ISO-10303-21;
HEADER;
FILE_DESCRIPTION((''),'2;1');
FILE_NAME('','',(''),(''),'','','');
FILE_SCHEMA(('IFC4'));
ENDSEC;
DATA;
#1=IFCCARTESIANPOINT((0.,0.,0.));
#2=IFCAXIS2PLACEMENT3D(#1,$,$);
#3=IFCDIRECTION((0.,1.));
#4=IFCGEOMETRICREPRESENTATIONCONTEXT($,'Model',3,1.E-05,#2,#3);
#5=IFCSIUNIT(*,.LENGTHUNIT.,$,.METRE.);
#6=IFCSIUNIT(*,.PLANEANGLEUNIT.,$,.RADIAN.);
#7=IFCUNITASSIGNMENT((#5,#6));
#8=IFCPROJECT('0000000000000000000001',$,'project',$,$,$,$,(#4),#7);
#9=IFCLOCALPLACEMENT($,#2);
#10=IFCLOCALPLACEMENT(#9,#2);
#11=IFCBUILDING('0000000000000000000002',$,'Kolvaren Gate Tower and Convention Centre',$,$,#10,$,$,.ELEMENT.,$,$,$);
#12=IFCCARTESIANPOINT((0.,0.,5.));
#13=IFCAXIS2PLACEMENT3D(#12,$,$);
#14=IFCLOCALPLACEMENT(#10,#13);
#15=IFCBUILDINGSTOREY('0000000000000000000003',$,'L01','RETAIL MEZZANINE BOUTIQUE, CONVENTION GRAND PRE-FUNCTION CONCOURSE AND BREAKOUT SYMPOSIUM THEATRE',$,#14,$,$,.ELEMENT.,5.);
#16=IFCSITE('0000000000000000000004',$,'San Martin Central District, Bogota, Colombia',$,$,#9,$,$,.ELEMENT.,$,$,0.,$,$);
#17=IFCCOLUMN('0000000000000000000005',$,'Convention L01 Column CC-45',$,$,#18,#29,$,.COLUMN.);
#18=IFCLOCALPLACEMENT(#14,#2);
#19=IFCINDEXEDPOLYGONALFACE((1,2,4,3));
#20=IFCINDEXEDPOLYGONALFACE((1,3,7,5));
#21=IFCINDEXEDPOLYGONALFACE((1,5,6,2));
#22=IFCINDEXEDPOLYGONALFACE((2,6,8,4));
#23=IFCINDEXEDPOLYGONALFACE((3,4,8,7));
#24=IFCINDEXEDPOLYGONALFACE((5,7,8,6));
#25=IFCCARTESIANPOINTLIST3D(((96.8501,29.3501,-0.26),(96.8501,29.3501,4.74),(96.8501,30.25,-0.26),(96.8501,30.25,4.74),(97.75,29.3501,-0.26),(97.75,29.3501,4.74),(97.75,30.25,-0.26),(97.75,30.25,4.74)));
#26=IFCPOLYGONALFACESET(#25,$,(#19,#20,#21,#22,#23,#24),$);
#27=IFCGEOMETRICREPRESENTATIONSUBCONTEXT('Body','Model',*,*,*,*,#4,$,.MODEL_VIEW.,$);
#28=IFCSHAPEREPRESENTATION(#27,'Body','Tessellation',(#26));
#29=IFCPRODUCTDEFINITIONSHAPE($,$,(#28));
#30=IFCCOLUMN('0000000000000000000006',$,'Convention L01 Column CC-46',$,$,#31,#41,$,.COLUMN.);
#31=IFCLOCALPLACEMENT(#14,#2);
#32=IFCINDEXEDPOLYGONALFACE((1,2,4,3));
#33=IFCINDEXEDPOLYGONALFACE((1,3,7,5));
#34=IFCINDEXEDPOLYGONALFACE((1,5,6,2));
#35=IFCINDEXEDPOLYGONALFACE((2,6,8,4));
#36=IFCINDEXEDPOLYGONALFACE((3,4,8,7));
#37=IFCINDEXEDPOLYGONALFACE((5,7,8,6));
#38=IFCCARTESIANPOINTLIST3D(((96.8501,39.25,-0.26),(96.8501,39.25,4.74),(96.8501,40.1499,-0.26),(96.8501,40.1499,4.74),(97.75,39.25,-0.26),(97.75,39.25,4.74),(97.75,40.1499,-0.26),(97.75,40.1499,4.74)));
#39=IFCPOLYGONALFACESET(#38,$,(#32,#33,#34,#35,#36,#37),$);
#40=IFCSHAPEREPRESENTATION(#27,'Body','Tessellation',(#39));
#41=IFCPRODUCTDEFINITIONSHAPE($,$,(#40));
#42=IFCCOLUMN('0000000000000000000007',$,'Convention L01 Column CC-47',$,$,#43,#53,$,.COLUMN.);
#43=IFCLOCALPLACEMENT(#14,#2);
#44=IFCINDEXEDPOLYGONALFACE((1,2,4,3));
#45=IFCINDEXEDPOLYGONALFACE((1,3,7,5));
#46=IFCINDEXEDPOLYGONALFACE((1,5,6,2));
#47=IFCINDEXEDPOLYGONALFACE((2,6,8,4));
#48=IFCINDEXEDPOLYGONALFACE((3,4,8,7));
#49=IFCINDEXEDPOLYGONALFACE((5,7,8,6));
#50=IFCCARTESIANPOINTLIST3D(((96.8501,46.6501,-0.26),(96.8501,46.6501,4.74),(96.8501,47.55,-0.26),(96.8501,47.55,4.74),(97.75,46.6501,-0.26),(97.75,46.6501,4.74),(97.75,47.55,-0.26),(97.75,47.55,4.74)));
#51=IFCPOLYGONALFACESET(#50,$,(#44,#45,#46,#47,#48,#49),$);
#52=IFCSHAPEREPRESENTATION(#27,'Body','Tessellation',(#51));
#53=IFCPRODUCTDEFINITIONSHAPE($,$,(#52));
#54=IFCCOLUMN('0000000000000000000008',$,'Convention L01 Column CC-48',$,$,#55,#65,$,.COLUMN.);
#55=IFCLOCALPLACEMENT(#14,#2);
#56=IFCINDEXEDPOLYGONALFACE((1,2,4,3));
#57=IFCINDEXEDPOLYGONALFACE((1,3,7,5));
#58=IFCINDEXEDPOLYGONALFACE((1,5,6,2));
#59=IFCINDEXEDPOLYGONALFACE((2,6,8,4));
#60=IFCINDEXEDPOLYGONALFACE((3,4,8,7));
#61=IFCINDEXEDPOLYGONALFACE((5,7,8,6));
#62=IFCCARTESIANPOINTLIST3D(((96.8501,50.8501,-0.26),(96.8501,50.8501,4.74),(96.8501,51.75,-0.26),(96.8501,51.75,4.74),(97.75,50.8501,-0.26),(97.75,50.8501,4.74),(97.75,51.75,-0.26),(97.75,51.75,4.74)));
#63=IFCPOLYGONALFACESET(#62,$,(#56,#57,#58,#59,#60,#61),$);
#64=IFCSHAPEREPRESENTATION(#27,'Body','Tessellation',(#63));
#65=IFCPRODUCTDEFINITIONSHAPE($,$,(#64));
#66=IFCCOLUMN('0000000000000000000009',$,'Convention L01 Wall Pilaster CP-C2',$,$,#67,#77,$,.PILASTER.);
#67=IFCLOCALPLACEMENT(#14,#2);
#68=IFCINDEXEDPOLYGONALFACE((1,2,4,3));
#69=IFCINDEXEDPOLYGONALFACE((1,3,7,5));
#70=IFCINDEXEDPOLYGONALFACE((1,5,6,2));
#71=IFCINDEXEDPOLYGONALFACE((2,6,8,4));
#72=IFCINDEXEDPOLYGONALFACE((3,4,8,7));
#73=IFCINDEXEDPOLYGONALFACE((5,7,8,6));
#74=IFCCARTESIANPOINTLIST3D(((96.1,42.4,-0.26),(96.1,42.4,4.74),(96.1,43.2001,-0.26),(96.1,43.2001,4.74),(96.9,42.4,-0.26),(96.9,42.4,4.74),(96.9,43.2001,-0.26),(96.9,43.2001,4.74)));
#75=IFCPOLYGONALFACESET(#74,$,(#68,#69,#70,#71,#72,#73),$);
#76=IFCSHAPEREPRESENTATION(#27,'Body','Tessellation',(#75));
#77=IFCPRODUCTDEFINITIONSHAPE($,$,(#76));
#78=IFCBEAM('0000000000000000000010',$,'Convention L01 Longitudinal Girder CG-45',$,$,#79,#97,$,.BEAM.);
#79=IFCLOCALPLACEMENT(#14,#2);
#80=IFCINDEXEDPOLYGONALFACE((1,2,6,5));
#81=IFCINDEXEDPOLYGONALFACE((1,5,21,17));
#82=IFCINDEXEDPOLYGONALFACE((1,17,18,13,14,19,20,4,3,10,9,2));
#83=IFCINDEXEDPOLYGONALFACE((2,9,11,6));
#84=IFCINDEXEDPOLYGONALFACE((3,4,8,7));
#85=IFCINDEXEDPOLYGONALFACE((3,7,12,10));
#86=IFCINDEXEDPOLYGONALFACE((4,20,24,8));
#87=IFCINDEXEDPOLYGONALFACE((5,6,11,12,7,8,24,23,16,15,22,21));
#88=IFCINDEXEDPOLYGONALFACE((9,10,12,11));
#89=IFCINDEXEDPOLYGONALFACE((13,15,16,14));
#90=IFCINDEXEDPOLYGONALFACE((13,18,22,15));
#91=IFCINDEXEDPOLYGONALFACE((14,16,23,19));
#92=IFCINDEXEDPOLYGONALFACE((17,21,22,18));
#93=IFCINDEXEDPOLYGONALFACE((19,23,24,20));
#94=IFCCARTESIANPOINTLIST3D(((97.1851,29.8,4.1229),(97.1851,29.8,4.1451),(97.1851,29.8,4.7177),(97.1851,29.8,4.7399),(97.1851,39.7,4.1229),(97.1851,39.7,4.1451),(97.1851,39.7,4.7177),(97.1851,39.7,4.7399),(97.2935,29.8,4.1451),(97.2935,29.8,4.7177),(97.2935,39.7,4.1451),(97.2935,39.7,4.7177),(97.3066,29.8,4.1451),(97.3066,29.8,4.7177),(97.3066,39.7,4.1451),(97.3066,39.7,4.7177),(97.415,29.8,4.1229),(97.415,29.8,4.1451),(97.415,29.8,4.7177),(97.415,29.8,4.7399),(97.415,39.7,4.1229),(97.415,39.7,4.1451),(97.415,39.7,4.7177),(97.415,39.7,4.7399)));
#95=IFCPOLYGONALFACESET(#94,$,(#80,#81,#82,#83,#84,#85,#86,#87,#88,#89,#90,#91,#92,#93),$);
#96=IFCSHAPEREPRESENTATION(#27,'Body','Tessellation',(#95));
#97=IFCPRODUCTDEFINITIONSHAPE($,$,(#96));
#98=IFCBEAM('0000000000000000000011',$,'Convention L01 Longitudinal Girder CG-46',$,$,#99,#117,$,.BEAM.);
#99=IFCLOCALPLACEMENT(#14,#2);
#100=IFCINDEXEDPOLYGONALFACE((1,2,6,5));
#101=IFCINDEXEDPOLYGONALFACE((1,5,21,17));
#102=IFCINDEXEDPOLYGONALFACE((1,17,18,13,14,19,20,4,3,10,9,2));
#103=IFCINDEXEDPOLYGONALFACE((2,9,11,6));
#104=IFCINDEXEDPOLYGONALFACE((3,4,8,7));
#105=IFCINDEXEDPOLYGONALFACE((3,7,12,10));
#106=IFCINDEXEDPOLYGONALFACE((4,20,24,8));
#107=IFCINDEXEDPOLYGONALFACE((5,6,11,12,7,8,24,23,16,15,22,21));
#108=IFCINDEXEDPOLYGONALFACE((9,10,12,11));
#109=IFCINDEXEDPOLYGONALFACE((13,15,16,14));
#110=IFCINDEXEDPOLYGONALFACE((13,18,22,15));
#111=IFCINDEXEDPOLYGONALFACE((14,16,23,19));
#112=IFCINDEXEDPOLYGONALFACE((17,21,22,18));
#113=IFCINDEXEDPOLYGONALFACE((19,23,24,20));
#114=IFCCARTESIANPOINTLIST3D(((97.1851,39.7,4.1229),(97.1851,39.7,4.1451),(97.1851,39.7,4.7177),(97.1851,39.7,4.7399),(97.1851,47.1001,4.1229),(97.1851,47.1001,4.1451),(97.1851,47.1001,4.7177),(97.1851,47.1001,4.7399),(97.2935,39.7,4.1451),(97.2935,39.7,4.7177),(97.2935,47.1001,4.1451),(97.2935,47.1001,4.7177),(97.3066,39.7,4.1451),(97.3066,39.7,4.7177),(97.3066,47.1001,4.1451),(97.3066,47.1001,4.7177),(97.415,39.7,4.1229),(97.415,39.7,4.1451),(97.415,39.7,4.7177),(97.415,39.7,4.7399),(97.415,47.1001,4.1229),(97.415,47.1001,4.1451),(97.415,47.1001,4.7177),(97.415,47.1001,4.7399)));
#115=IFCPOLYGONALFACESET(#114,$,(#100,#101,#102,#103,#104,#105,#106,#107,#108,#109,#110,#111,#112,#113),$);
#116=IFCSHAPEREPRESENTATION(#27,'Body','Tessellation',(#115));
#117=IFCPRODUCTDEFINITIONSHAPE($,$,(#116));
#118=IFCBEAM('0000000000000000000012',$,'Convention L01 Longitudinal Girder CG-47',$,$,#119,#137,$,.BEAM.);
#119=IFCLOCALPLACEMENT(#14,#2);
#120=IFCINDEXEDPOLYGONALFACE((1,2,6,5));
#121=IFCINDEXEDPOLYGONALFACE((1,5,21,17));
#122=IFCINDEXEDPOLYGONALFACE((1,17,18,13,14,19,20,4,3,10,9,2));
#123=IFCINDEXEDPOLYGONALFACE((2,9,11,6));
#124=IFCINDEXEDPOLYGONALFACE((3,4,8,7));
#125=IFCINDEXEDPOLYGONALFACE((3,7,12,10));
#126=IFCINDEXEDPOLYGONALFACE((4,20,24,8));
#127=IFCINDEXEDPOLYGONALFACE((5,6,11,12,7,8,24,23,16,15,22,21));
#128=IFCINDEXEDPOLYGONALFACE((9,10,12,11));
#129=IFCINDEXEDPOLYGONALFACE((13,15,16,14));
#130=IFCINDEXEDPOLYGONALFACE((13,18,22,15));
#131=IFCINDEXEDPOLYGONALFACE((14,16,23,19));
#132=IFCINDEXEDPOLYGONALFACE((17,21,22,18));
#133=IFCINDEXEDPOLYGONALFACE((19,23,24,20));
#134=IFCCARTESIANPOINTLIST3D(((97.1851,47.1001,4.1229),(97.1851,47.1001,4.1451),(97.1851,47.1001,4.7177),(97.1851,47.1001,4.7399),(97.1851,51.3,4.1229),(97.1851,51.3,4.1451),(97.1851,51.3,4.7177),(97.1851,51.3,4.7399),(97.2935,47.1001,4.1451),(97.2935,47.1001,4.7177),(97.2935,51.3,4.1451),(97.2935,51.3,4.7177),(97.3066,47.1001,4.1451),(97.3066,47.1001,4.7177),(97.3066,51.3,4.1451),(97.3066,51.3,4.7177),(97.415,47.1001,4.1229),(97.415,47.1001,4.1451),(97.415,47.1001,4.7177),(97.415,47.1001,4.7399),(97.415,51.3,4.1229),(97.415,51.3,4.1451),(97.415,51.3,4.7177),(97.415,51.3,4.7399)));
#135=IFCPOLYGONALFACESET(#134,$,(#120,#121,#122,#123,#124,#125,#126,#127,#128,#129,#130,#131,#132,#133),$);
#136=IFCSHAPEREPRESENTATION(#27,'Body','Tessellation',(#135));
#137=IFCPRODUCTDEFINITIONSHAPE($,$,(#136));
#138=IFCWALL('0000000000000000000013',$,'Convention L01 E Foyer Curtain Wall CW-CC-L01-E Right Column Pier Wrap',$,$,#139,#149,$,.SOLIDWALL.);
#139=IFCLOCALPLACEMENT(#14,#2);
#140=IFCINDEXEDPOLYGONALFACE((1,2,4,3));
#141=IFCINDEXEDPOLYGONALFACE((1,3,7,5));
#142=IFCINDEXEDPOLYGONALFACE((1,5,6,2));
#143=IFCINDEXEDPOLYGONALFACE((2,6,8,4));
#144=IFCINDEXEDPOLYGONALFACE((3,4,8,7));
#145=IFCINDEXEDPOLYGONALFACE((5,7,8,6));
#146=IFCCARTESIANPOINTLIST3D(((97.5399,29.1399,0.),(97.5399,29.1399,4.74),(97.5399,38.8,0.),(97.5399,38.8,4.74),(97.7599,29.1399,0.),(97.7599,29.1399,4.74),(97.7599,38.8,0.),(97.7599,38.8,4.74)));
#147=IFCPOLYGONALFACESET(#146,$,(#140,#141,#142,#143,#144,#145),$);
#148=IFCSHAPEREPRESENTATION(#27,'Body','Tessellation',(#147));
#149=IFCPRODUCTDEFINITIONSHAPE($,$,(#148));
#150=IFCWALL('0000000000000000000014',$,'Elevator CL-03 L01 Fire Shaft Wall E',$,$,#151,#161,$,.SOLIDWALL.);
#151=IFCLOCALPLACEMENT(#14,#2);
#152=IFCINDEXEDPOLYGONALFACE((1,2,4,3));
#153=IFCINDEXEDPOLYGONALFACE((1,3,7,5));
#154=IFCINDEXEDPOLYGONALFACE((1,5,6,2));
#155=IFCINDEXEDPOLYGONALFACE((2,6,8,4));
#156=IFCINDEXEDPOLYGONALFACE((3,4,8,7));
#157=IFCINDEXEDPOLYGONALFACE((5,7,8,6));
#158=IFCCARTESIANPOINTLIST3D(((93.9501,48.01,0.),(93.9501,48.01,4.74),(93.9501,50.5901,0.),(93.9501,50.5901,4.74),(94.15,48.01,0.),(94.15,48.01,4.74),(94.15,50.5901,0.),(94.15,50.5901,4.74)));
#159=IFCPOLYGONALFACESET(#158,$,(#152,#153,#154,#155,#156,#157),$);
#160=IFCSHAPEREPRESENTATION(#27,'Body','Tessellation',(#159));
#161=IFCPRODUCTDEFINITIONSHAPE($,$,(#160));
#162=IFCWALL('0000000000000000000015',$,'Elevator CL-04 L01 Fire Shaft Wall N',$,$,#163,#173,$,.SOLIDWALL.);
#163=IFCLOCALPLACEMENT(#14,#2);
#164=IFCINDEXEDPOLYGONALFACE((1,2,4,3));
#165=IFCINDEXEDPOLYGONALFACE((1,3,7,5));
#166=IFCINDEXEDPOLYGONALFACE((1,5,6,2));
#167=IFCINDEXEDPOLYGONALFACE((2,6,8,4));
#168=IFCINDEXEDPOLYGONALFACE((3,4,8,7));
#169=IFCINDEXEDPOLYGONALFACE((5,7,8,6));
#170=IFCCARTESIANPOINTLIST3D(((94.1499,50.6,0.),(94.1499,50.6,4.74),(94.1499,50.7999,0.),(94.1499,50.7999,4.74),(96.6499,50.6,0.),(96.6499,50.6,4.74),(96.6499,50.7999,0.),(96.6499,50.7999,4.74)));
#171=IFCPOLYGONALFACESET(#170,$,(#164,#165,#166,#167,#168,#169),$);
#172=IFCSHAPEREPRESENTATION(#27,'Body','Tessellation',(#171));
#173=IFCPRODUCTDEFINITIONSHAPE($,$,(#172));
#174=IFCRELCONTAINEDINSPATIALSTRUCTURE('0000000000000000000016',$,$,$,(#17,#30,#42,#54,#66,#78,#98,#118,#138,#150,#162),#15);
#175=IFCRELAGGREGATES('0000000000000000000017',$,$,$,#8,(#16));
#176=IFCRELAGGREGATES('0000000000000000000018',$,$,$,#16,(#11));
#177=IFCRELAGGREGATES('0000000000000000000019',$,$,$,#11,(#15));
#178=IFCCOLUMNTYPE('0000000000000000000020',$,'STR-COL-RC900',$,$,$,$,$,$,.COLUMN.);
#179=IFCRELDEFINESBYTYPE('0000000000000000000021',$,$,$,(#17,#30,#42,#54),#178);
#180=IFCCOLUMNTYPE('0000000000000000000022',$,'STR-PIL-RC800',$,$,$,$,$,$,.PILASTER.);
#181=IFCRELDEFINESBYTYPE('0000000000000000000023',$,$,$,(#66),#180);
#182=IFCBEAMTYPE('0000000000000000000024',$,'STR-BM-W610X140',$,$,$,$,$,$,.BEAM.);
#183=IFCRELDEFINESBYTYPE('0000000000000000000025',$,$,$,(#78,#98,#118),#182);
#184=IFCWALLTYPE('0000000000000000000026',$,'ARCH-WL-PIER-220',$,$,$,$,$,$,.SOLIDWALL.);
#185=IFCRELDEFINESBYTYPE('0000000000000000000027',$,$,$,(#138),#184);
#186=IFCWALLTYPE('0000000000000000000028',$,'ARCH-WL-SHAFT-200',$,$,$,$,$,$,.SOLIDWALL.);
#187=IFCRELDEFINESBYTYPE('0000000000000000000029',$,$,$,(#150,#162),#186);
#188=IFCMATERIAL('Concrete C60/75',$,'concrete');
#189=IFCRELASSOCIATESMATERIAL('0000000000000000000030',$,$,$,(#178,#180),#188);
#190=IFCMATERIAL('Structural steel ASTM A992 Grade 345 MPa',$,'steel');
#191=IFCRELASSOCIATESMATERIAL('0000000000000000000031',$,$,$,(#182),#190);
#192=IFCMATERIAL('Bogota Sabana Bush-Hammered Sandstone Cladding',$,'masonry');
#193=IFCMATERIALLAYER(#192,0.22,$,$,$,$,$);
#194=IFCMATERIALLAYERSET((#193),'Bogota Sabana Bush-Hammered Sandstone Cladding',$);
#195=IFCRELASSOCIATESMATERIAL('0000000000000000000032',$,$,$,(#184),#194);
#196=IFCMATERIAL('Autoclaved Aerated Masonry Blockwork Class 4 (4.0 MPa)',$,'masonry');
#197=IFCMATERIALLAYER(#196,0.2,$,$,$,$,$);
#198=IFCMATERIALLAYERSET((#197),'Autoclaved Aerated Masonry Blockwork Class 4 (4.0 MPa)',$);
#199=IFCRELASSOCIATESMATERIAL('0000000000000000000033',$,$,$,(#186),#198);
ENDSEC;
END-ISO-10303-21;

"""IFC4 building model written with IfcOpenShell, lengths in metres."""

from ifc_helpers import new_model, si_unit, direction, frame, frame_2d, origin, origin_2d, place, context, subcontext, project, spatial, rectangle, i_section, extrude, material, layer, layer_set, material_profile, profile_set, type_object, element, save


model = new_model("IFC4")

# Units and contexts
model_context = context("Model", 3, precision=1e-05, world=origin(), true_north=direction((0.0, 1.0)))
body_context = subcontext(model_context, "Body", "Model", "MODEL_VIEW")
ifc_project = project(units=[si_unit("LENGTHUNIT", "METRE"), si_unit("PLANEANGLEUNIT", "RADIAN")], contexts=[model_context])

# Site, building, storey
site_placement = place(None, origin())
site = spatial("IfcSite", under=ifc_project, at=site_placement, Name="San Martin Central District, Bogota, Colombia", CompositionType="ELEMENT", RefElevation=0.0)
building_placement = place(site_placement, origin())
building = spatial("IfcBuilding", under=site, at=building_placement, Name="Kolvaren Gate Tower and Convention Centre", CompositionType="ELEMENT")
storey_placement = place(building_placement, frame((0.0, 0.0, 5.0)))
storey = spatial("IfcBuildingStorey", under=building, at=storey_placement, Name="L01", Description="RETAIL MEZZANINE BOUTIQUE, CONVENTION GRAND PRE-FUNCTION CONCOURSE AND BREAKOUT SYMPOSIUM THEATRE", CompositionType="ELEMENT", Elevation=5.0)

# Columns
ifc_material_1 = material(Name="Concrete C60/75", Category="concrete")
ifc_material_profile_1 = material_profile(ifc_material_1, rectangle(XDim=0.8999, YDim=0.8999, at=origin_2d()), Name="RC-COL-900X900")
ifc_profile_set_1 = profile_set([ifc_material_profile_1], Name="Concrete C60/75")
column_type_1 = type_object("IfcColumnType", Name="STR-COL-RC900", PredefinedType="COLUMN", material=ifc_profile_set_1)
for number, where, z_axis, x_axis, name in (
    (1, (97.3, 29.8, -0.26), (0.0, 0.0, 1.0), (1.0, 0.0, 0.0), "Convention L01 Column CC-45"),
    (2, (97.3, 39.7, -0.26), (0.0, 0.0, 1.0), (1.0, 0.0, 0.0), "Convention L01 Column CC-46"),
    (3, (97.3, 47.1001, -0.26), (0.0, 0.0, 1.0), (1.0, 0.0, 0.0), "Convention L01 Column CC-47"),
    (4, (97.3, 51.3, -0.26), (0.0, 0.0, 1.0), (1.0, 0.0, 0.0), "Convention L01 Column CC-48"),
):
    element("IfcColumn", number, at=place(storey_placement, frame(where, z_axis=z_axis, x_axis=x_axis)), inside=storey, type_object=column_type_1, Name=name, PredefinedType="COLUMN", context=body_context, shape_type="SweptSolid", body=[
        extrude(rectangle(XDim=0.8999, YDim=0.8999, at=origin_2d()), origin(), (0.0, 0.0, 1.0), 5.0),
    ])
ifc_material_profile_2 = material_profile(ifc_material_1, rectangle(XDim=0.8, YDim=0.8, at=origin_2d()), Name="RC-COL-800X800")
ifc_profile_set_2 = profile_set([ifc_material_profile_2], Name="Concrete C60/75")
column_type_2 = type_object("IfcColumnType", Name="STR-PIL-RC800", PredefinedType="PILASTER", material=ifc_profile_set_2)
column_placement = place(storey_placement, frame((96.5, 42.8, -0.26), z_axis=(0.0, 0.0, 1.0), x_axis=(1.0, 0.0, 0.0)))
element("IfcColumn", 5, at=column_placement, inside=storey, type_object=column_type_2, Name="Convention L01 Wall Pilaster CP-C2", PredefinedType="PILASTER", context=body_context, shape_type="SweptSolid", body=[
    extrude(rectangle(XDim=0.8, YDim=0.8, at=origin_2d()), origin(), (0.0, 0.0, 1.0), 5.0),
])

# Beams
ifc_material_2 = material(Name="Structural steel ASTM A992 Grade 345 MPa", Category="steel")
ifc_material_profile_3 = material_profile(ifc_material_2, i_section(OverallWidth=0.23, OverallDepth=0.6169, WebThickness=0.0132, FlangeThickness=0.0222, at=origin_2d()), Name="W610X140")
ifc_profile_set_3 = profile_set([ifc_material_profile_3], Name="Structural steel ASTM A992 Grade 345 MPa")
beam_type = type_object("IfcBeamType", Name="STR-BM-W610X140", PredefinedType="BEAM", material=ifc_profile_set_3)
beam_1_placement = place(storey_placement, frame((97.3, 29.8, 4.4314), z_axis=(0.0, 1.0, 0.0), x_axis=(-1.0, 0.0, 0.0)))
element("IfcBeam", 6, at=beam_1_placement, inside=storey, type_object=beam_type, Name="Convention L01 Longitudinal Girder CG-45", PredefinedType="BEAM", context=body_context, shape_type="SweptSolid", body=[
    extrude(i_section(OverallWidth=0.23, OverallDepth=0.6169, WebThickness=0.0132, FlangeThickness=0.0222, at=origin_2d()), origin(), (0.0, 0.0, 1.0), 9.8999),
])
beam_2_placement = place(storey_placement, frame((97.3, 39.7, 4.4314), z_axis=(0.0, 1.0, 0.0), x_axis=(-1.0, 0.0, 0.0)))
element("IfcBeam", 7, at=beam_2_placement, inside=storey, type_object=beam_type, Name="Convention L01 Longitudinal Girder CG-46", PredefinedType="BEAM", context=body_context, shape_type="SweptSolid", body=[
    extrude(i_section(OverallWidth=0.23, OverallDepth=0.6169, WebThickness=0.0132, FlangeThickness=0.0222, at=origin_2d()), origin(), (0.0, 0.0, 1.0), 7.4001),
])
beam_3_placement = place(storey_placement, frame((97.3, 47.1001, 4.4314), z_axis=(0.0, 1.0, 0.0), x_axis=(-1.0, 0.0, 0.0)))
element("IfcBeam", 8, at=beam_3_placement, inside=storey, type_object=beam_type, Name="Convention L01 Longitudinal Girder CG-47", PredefinedType="BEAM", context=body_context, shape_type="SweptSolid", body=[
    extrude(i_section(OverallWidth=0.23, OverallDepth=0.6169, WebThickness=0.0132, FlangeThickness=0.0222, at=origin_2d()), origin(), (0.0, 0.0, 1.0), 4.2),
])

# Walls
ifc_material_3 = material(Name="Bogota Sabana Bush-Hammered Sandstone Cladding", Category="masonry")
ifc_layer_1 = layer(ifc_material_3, 0.22)
ifc_layer_set_1 = layer_set([ifc_layer_1], Name="Bogota Sabana Bush-Hammered Sandstone Cladding")
wall_type_1 = type_object("IfcWallType", Name="ARCH-WL-PIER-220", PredefinedType="SOLIDWALL", material=ifc_layer_set_1)
wall_1_placement = place(storey_placement, frame((97.6499, 29.1399, 0.0), z_axis=(0.0, 0.0, 1.0), x_axis=(0.0, 1.0, 0.0)))
element("IfcWall", 9, at=wall_1_placement, inside=storey, type_object=wall_type_1, Name="Convention L01 E Foyer Curtain Wall CW-CC-L01-E Right Column Pier Wrap", PredefinedType="SOLIDWALL", context=body_context, shape_type="SweptSolid", body=[
    extrude(rectangle(XDim=9.6602, YDim=0.22, at=frame_2d((4.8301, 0.0))), origin(), (0.0, 0.0, 1.0), 4.74),
])
ifc_material_4 = material(Name="Autoclaved Aerated Masonry Blockwork Class 4 (4.0 MPa)", Category="masonry")
ifc_layer_2 = layer(ifc_material_4, 0.2)
ifc_layer_set_2 = layer_set([ifc_layer_2], Name="Autoclaved Aerated Masonry Blockwork Class 4 (4.0 MPa)")
wall_type_2 = type_object("IfcWallType", Name="ARCH-WL-SHAFT-200", PredefinedType="SOLIDWALL", material=ifc_layer_set_2)
wall_2_placement = place(storey_placement, frame((94.05, 48.01, 0.0), z_axis=(0.0, 0.0, 1.0), x_axis=(0.0, 1.0, 0.0)))
element("IfcWall", 10, at=wall_2_placement, inside=storey, type_object=wall_type_2, Name="Elevator CL-03 L01 Fire Shaft Wall E", PredefinedType="SOLIDWALL", context=body_context, shape_type="SweptSolid", body=[
    extrude(rectangle(XDim=2.5801, YDim=0.2, at=frame_2d((1.29, 0.0))), origin(), (0.0, 0.0, 1.0), 4.74),
])
wall_3_placement = place(storey_placement, frame((94.1499, 50.7, 0.0), z_axis=(0.0, 0.0, 1.0), x_axis=(1.0, 0.0, 0.0)))
element("IfcWall", 11, at=wall_3_placement, inside=storey, type_object=wall_type_2, Name="Elevator CL-04 L01 Fire Shaft Wall N", PredefinedType="SOLIDWALL", context=body_context, shape_type="SweptSolid", body=[
    extrude(rectangle(XDim=2.5, YDim=0.2, at=frame_2d((1.25, 0.0))), origin(), (0.0, 0.0, 1.0), 4.74),
])

save(model, "model.ifc")
